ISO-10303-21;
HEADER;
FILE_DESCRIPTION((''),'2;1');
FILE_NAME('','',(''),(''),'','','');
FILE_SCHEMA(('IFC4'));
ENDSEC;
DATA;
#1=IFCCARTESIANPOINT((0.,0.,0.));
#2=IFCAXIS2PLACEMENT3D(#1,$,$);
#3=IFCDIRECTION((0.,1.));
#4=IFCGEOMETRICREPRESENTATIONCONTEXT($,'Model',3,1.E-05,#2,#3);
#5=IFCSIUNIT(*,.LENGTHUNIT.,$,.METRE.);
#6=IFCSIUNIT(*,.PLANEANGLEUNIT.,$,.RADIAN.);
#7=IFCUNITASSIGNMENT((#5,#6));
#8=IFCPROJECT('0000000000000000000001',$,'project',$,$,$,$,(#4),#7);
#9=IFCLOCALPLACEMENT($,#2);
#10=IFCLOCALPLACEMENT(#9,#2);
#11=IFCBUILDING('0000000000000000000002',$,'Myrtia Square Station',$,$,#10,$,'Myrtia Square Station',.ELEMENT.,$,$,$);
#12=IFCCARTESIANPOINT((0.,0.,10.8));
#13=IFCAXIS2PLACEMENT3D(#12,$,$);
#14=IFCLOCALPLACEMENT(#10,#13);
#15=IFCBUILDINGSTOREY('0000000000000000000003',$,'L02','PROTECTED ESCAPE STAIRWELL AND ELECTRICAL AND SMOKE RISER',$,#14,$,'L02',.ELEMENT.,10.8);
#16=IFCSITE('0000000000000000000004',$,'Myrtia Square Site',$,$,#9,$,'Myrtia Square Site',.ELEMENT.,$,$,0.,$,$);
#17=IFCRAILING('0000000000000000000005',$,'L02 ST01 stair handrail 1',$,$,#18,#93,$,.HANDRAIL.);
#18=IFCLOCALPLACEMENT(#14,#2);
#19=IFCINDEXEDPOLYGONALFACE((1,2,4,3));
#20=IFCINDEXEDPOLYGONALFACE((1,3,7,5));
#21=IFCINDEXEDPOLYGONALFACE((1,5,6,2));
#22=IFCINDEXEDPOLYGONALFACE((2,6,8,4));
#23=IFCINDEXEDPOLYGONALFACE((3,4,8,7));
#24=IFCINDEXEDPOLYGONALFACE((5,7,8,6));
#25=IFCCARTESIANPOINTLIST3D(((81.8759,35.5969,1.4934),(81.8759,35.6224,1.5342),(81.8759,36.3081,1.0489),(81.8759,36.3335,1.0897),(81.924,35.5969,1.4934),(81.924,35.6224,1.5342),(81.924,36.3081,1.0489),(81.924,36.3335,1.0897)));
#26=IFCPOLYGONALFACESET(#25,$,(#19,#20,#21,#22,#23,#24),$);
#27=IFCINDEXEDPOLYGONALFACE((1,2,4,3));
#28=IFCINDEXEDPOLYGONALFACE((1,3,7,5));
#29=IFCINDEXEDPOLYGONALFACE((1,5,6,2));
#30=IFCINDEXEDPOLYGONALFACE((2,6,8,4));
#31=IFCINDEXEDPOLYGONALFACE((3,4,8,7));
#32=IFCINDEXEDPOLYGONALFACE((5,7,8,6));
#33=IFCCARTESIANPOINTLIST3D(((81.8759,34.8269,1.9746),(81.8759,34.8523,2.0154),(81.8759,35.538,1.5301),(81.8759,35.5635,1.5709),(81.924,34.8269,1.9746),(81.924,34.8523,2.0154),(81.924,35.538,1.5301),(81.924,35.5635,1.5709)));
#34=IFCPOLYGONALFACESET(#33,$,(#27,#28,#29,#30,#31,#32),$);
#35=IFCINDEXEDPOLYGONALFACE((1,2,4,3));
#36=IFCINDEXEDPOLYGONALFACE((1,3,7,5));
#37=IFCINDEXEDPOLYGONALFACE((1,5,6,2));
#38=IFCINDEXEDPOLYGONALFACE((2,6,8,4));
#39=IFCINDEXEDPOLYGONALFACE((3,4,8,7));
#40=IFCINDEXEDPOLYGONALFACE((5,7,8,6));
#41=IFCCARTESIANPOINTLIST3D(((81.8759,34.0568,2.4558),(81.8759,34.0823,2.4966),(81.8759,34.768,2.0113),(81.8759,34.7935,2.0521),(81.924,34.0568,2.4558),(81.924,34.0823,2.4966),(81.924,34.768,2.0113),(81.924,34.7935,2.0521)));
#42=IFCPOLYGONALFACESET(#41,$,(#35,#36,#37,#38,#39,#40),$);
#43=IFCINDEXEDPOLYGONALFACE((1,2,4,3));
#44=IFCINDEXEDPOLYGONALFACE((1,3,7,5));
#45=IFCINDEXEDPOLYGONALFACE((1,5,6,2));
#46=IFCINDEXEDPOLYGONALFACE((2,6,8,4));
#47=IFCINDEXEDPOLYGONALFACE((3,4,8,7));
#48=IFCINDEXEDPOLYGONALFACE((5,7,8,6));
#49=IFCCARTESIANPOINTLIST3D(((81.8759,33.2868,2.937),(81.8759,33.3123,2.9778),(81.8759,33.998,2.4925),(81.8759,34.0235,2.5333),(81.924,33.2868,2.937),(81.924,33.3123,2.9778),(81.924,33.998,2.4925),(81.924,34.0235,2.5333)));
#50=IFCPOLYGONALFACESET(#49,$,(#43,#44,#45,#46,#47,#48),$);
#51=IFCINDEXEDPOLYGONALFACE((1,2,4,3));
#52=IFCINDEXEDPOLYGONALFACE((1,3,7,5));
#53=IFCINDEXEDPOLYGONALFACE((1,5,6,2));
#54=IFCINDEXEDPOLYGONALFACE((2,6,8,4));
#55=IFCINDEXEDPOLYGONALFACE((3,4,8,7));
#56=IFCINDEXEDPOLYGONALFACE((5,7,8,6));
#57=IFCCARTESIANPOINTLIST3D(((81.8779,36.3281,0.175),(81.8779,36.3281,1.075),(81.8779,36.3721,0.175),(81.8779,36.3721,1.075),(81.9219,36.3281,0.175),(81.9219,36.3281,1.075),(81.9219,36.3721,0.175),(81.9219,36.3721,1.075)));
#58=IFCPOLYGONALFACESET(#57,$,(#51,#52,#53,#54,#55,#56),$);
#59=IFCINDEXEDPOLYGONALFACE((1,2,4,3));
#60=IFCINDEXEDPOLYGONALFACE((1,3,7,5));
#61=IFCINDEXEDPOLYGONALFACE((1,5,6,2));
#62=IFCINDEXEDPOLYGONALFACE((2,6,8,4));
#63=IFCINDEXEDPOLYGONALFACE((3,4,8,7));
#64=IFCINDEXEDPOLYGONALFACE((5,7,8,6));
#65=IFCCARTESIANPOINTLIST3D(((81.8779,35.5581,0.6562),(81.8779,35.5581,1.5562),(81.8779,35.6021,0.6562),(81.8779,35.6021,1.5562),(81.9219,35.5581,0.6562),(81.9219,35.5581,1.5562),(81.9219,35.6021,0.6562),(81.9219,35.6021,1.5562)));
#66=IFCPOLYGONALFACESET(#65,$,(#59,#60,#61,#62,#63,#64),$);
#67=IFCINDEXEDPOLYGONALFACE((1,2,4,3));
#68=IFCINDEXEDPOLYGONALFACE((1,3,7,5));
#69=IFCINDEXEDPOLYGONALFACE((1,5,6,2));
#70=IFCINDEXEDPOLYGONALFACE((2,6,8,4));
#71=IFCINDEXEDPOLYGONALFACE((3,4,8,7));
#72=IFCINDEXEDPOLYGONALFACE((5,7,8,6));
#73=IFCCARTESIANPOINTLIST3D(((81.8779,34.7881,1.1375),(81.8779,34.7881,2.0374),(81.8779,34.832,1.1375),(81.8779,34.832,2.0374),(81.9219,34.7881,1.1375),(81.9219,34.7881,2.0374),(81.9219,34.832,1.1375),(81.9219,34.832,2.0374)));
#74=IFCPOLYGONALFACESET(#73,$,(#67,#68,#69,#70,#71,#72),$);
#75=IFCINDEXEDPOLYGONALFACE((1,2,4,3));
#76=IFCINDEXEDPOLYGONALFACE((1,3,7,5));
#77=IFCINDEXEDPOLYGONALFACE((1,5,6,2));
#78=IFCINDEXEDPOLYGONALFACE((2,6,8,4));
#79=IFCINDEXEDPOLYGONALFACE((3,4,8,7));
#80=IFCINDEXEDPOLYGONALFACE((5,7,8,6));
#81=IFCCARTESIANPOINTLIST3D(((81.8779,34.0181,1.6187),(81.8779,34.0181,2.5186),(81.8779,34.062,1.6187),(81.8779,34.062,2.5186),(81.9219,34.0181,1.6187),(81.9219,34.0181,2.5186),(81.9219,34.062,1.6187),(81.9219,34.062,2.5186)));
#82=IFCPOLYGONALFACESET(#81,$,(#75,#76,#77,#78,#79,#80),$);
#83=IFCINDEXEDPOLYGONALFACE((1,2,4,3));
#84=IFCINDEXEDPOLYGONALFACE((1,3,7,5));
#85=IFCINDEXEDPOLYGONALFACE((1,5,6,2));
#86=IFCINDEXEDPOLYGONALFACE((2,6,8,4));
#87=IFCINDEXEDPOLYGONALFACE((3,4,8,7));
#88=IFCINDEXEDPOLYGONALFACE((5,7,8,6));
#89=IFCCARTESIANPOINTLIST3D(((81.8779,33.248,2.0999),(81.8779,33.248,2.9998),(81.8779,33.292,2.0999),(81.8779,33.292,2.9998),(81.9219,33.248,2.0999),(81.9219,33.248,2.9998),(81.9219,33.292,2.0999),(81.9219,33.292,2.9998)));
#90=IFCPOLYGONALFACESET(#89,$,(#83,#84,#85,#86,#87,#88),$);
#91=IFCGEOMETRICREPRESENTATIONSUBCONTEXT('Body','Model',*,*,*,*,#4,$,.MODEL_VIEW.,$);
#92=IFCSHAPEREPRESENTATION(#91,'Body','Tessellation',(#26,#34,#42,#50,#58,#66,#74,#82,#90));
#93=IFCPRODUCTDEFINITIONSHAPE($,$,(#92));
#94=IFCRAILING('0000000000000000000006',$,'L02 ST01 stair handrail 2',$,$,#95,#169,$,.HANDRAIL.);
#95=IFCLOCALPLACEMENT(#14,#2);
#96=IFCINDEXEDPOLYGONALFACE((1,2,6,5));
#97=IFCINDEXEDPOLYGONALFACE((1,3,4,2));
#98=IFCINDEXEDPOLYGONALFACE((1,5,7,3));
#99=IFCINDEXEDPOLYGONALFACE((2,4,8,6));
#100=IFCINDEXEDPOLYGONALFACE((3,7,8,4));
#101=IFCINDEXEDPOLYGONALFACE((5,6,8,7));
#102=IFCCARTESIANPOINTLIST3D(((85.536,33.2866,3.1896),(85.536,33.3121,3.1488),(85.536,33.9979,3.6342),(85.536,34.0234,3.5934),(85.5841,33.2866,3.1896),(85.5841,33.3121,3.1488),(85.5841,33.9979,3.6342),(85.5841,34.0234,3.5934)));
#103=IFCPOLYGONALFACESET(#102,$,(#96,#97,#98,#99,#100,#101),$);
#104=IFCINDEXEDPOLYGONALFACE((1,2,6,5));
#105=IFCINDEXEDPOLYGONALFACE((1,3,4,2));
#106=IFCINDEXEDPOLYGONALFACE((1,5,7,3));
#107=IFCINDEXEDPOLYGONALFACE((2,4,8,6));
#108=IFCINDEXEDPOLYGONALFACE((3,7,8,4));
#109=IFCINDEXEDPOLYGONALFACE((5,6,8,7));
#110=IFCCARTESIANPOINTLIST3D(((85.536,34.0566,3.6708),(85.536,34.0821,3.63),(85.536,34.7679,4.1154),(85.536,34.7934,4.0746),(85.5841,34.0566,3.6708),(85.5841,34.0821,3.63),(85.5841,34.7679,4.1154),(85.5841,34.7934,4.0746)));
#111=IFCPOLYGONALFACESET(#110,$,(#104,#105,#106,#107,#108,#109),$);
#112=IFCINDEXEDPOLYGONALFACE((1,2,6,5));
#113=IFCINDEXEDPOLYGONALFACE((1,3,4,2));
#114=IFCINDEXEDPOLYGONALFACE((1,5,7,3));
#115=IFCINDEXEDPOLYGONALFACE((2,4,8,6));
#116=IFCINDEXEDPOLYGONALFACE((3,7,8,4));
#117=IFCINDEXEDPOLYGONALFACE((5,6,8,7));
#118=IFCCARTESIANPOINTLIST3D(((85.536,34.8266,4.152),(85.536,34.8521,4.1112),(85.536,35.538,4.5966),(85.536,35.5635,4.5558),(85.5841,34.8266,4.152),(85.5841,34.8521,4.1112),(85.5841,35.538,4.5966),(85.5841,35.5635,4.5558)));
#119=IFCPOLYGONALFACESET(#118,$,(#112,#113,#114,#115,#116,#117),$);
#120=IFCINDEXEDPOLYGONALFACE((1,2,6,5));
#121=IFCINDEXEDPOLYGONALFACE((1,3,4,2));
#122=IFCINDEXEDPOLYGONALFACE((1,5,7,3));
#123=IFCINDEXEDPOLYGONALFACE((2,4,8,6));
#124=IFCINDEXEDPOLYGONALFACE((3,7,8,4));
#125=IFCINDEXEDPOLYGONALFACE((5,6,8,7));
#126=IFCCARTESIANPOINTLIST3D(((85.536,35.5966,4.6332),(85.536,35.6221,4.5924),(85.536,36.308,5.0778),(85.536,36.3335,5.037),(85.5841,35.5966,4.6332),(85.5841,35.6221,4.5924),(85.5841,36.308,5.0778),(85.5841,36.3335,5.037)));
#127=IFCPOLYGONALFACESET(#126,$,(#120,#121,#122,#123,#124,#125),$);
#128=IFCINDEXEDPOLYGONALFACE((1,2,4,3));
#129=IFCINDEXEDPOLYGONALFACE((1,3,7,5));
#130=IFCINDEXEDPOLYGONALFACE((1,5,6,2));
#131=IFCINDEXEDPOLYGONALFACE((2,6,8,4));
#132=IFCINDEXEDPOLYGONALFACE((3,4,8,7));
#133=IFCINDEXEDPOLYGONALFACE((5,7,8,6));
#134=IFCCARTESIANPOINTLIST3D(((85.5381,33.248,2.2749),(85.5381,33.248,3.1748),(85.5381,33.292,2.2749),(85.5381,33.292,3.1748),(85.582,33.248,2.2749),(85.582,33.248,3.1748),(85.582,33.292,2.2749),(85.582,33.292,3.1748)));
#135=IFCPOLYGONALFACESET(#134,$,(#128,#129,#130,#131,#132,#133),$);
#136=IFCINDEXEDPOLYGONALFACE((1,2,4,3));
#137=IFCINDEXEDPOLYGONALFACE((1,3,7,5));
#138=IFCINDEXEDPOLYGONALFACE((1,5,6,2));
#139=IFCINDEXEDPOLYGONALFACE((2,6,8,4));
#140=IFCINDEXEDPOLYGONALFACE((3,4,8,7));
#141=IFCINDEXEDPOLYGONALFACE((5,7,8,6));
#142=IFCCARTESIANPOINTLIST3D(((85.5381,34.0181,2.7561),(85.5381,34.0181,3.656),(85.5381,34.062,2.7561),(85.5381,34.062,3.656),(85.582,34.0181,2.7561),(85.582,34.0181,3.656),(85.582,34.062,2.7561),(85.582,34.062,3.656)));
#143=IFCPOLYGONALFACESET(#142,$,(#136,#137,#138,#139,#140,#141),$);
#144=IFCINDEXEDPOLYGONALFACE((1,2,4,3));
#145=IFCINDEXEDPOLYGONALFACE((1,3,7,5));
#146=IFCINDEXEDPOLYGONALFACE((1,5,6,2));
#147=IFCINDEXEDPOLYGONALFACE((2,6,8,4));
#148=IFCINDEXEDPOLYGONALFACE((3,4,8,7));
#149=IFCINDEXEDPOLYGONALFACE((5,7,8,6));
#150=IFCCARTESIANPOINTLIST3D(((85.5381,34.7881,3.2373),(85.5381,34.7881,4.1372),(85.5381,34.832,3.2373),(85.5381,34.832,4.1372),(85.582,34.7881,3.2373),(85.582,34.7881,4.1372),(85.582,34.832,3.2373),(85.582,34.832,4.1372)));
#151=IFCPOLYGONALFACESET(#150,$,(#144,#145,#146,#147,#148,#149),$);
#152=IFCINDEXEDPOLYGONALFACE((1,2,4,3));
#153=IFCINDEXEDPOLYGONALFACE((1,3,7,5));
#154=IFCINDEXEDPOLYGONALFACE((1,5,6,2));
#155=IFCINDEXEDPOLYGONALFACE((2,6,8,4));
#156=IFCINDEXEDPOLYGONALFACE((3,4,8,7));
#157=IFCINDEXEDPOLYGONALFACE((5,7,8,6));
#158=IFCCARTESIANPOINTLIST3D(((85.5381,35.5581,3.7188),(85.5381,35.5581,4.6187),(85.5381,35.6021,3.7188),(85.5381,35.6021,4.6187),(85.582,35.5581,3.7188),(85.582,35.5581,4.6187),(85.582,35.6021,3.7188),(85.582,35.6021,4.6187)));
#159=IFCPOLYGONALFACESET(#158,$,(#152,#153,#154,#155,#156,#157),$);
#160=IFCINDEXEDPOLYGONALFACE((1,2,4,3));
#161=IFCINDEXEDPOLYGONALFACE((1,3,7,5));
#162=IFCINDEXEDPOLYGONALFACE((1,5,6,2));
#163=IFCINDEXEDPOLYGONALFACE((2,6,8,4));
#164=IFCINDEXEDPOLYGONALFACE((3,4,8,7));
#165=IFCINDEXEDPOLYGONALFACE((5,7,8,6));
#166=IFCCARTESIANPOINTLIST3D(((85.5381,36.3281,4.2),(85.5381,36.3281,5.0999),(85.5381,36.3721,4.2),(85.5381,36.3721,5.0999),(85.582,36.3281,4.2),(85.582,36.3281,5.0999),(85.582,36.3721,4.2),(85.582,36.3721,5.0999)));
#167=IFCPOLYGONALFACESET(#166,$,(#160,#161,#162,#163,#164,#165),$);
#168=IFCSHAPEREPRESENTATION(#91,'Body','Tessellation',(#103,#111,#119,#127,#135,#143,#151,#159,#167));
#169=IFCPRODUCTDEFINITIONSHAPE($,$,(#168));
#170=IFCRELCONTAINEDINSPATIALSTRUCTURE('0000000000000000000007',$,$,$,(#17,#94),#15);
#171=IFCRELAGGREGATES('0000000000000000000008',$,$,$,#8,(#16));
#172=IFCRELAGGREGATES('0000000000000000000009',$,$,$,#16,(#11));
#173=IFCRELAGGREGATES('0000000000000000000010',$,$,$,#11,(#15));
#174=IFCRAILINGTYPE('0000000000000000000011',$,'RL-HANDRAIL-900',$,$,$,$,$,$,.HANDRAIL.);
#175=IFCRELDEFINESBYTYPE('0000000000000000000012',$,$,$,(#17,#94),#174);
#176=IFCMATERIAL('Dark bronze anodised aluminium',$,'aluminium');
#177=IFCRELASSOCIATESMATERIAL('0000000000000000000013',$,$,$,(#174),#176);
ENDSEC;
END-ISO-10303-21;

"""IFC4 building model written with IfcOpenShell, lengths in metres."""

from ifc_helpers import new_model, si_unit, direction, frame, origin, origin_2d, place, context, subcontext, project, spatial, rectangle, extrude, material, type_object, element, save


model = new_model("IFC4")

# Units and contexts
model_context = context("Model", 3, precision=1e-05, world=origin(), true_north=direction((0.0, 1.0)))
body_context = subcontext(model_context, "Body", "Model", "MODEL_VIEW")
ifc_project = project(units=[si_unit("LENGTHUNIT", "METRE"), si_unit("PLANEANGLEUNIT", "RADIAN")], contexts=[model_context])

# Site, building, storey
site_placement = place(None, origin())
site = spatial("IfcSite", under=ifc_project, at=site_placement, Name="Myrtia Square Site", LongName="Myrtia Square Site", CompositionType="ELEMENT", RefElevation=0.0)
building_placement = place(site_placement, origin())
building = spatial("IfcBuilding", under=site, at=building_placement, Name="Myrtia Square Station", LongName="Myrtia Square Station", CompositionType="ELEMENT")
storey_placement = place(building_placement, frame((0.0, 0.0, 10.8)))
storey = spatial("IfcBuildingStorey", under=building, at=storey_placement, Name="L02", Description="PROTECTED ESCAPE STAIRWELL AND ELECTRICAL AND SMOKE RISER", LongName="L02", CompositionType="ELEMENT", Elevation=10.8)

# Shared definitions
ifc_material_1 = material(Name="Dark bronze anodised aluminium", Category="aluminium")

# Railings
railing_type_1 = type_object("IfcRailingType", Name="RL-HANDRAIL-900", PredefinedType="HANDRAIL", material=ifc_material_1)
railing_1_placement = place(storey_placement, frame((81.8999, 36.3501, 0.175)))
element("IfcRailing", 1, at=railing_1_placement, inside=storey, type_object=railing_type_1, Name="L02 ST01 stair handrail 1", PredefinedType="HANDRAIL", context=body_context, shape_type="SweptSolid", body=[
    extrude(rectangle(XDim=0.0481, YDim=0.0481, at=origin_2d()), frame((0.0, -0.0293, 0.8943), z_axis=(0.0, -0.848029, 0.529951), x_axis=(1.0, 0.0, 0.0)), (0.0, 0.0, 1.0), 0.8386),
    extrude(rectangle(XDim=0.0481, YDim=0.0481, at=origin_2d()), frame((0.0, -0.7993, 1.3755), z_axis=(0.0, -0.848029, 0.529951), x_axis=(1.0, 0.0, 0.0)), (0.0, 0.0, 1.0), 0.8386),
    extrude(rectangle(XDim=0.0481, YDim=0.0481, at=origin_2d()), frame((0.0, -1.5693, 1.8567), z_axis=(0.0, -0.848029, 0.529951), x_axis=(1.0, 0.0, 0.0)), (0.0, 0.0, 1.0), 0.8386),
    extrude(rectangle(XDim=0.0481, YDim=0.0481, at=origin_2d()), frame((0.0, -2.3394, 2.3379), z_axis=(0.0, -0.848029, 0.529951), x_axis=(1.0, 0.0, 0.0)), (0.0, 0.0, 1.0), 0.8386),
    extrude(rectangle(XDim=0.0439, YDim=0.0439, at=origin_2d()), origin(), (0.0, 0.0, 1.0), 0.8999),
    extrude(rectangle(XDim=0.0439, YDim=0.0439, at=origin_2d()), frame((0.0, -0.77, 0.4812)), (0.0, 0.0, 1.0), 0.8999),
    extrude(rectangle(XDim=0.0439, YDim=0.0439, at=origin_2d()), frame((0.0, -1.54, 0.9624)), (0.0, 0.0, 1.0), 0.8999),
    extrude(rectangle(XDim=0.0439, YDim=0.0439, at=origin_2d()), frame((0.0, -2.3101, 1.4436)), (0.0, 0.0, 1.0), 0.8999),
    extrude(rectangle(XDim=0.0439, YDim=0.0439, at=origin_2d()), frame((0.0, -3.0801, 1.9248)), (0.0, 0.0, 1.0), 0.8999),
])
railing_2_placement = place(storey_placement, frame((85.5601, 33.27, 2.2749)))
element("IfcRailing", 2, at=railing_2_placement, inside=storey, type_object=railing_type_1, Name="L02 ST01 stair handrail 2", PredefinedType="HANDRAIL", context=body_context, shape_type="SweptSolid", body=[
    extrude(rectangle(XDim=0.0481, YDim=0.0481, at=origin_2d()), frame((0.0, 0.0293, 0.8943), z_axis=(0.0, 0.847998, 0.529999), x_axis=(-1.0, 0.0, 0.0)), (0.0, 0.0, 1.0), 0.8389),
    extrude(rectangle(XDim=0.0481, YDim=0.0481, at=origin_2d()), frame((0.0, 0.7993, 1.3755), z_axis=(0.0, 0.847998, 0.529999), x_axis=(-1.0, 0.0, 0.0)), (0.0, 0.0, 1.0), 0.8389),
    extrude(rectangle(XDim=0.0481, YDim=0.0481, at=origin_2d()), frame((0.0, 1.5693, 1.8567), z_axis=(0.0, 0.847998, 0.529999), x_axis=(-1.0, 0.0, 0.0)), (0.0, 0.0, 1.0), 0.8389),
    extrude(rectangle(XDim=0.0481, YDim=0.0481, at=origin_2d()), frame((0.0, 2.3394, 2.3379), z_axis=(0.0, 0.847998, 0.529999), x_axis=(-1.0, 0.0, 0.0)), (0.0, 0.0, 1.0), 0.8389),
    extrude(rectangle(XDim=0.0439, YDim=0.0439, at=origin_2d()), origin(), (0.0, 0.0, 1.0), 0.8999),
    extrude(rectangle(XDim=0.0439, YDim=0.0439, at=origin_2d()), frame((0.0, 0.77, 0.4812)), (0.0, 0.0, 1.0), 0.8999),
    extrude(rectangle(XDim=0.0439, YDim=0.0439, at=origin_2d()), frame((0.0, 1.54, 0.9624)), (0.0, 0.0, 1.0), 0.8999),
    extrude(rectangle(XDim=0.0439, YDim=0.0439, at=origin_2d()), frame((0.0, 2.3101, 1.4438)), (0.0, 0.0, 1.0), 0.8999),
    extrude(rectangle(XDim=0.0439, YDim=0.0439, at=origin_2d()), frame((0.0, 3.0801, 1.925)), (0.0, 0.0, 1.0), 0.8999),
])

save(model, "model.ifc")
